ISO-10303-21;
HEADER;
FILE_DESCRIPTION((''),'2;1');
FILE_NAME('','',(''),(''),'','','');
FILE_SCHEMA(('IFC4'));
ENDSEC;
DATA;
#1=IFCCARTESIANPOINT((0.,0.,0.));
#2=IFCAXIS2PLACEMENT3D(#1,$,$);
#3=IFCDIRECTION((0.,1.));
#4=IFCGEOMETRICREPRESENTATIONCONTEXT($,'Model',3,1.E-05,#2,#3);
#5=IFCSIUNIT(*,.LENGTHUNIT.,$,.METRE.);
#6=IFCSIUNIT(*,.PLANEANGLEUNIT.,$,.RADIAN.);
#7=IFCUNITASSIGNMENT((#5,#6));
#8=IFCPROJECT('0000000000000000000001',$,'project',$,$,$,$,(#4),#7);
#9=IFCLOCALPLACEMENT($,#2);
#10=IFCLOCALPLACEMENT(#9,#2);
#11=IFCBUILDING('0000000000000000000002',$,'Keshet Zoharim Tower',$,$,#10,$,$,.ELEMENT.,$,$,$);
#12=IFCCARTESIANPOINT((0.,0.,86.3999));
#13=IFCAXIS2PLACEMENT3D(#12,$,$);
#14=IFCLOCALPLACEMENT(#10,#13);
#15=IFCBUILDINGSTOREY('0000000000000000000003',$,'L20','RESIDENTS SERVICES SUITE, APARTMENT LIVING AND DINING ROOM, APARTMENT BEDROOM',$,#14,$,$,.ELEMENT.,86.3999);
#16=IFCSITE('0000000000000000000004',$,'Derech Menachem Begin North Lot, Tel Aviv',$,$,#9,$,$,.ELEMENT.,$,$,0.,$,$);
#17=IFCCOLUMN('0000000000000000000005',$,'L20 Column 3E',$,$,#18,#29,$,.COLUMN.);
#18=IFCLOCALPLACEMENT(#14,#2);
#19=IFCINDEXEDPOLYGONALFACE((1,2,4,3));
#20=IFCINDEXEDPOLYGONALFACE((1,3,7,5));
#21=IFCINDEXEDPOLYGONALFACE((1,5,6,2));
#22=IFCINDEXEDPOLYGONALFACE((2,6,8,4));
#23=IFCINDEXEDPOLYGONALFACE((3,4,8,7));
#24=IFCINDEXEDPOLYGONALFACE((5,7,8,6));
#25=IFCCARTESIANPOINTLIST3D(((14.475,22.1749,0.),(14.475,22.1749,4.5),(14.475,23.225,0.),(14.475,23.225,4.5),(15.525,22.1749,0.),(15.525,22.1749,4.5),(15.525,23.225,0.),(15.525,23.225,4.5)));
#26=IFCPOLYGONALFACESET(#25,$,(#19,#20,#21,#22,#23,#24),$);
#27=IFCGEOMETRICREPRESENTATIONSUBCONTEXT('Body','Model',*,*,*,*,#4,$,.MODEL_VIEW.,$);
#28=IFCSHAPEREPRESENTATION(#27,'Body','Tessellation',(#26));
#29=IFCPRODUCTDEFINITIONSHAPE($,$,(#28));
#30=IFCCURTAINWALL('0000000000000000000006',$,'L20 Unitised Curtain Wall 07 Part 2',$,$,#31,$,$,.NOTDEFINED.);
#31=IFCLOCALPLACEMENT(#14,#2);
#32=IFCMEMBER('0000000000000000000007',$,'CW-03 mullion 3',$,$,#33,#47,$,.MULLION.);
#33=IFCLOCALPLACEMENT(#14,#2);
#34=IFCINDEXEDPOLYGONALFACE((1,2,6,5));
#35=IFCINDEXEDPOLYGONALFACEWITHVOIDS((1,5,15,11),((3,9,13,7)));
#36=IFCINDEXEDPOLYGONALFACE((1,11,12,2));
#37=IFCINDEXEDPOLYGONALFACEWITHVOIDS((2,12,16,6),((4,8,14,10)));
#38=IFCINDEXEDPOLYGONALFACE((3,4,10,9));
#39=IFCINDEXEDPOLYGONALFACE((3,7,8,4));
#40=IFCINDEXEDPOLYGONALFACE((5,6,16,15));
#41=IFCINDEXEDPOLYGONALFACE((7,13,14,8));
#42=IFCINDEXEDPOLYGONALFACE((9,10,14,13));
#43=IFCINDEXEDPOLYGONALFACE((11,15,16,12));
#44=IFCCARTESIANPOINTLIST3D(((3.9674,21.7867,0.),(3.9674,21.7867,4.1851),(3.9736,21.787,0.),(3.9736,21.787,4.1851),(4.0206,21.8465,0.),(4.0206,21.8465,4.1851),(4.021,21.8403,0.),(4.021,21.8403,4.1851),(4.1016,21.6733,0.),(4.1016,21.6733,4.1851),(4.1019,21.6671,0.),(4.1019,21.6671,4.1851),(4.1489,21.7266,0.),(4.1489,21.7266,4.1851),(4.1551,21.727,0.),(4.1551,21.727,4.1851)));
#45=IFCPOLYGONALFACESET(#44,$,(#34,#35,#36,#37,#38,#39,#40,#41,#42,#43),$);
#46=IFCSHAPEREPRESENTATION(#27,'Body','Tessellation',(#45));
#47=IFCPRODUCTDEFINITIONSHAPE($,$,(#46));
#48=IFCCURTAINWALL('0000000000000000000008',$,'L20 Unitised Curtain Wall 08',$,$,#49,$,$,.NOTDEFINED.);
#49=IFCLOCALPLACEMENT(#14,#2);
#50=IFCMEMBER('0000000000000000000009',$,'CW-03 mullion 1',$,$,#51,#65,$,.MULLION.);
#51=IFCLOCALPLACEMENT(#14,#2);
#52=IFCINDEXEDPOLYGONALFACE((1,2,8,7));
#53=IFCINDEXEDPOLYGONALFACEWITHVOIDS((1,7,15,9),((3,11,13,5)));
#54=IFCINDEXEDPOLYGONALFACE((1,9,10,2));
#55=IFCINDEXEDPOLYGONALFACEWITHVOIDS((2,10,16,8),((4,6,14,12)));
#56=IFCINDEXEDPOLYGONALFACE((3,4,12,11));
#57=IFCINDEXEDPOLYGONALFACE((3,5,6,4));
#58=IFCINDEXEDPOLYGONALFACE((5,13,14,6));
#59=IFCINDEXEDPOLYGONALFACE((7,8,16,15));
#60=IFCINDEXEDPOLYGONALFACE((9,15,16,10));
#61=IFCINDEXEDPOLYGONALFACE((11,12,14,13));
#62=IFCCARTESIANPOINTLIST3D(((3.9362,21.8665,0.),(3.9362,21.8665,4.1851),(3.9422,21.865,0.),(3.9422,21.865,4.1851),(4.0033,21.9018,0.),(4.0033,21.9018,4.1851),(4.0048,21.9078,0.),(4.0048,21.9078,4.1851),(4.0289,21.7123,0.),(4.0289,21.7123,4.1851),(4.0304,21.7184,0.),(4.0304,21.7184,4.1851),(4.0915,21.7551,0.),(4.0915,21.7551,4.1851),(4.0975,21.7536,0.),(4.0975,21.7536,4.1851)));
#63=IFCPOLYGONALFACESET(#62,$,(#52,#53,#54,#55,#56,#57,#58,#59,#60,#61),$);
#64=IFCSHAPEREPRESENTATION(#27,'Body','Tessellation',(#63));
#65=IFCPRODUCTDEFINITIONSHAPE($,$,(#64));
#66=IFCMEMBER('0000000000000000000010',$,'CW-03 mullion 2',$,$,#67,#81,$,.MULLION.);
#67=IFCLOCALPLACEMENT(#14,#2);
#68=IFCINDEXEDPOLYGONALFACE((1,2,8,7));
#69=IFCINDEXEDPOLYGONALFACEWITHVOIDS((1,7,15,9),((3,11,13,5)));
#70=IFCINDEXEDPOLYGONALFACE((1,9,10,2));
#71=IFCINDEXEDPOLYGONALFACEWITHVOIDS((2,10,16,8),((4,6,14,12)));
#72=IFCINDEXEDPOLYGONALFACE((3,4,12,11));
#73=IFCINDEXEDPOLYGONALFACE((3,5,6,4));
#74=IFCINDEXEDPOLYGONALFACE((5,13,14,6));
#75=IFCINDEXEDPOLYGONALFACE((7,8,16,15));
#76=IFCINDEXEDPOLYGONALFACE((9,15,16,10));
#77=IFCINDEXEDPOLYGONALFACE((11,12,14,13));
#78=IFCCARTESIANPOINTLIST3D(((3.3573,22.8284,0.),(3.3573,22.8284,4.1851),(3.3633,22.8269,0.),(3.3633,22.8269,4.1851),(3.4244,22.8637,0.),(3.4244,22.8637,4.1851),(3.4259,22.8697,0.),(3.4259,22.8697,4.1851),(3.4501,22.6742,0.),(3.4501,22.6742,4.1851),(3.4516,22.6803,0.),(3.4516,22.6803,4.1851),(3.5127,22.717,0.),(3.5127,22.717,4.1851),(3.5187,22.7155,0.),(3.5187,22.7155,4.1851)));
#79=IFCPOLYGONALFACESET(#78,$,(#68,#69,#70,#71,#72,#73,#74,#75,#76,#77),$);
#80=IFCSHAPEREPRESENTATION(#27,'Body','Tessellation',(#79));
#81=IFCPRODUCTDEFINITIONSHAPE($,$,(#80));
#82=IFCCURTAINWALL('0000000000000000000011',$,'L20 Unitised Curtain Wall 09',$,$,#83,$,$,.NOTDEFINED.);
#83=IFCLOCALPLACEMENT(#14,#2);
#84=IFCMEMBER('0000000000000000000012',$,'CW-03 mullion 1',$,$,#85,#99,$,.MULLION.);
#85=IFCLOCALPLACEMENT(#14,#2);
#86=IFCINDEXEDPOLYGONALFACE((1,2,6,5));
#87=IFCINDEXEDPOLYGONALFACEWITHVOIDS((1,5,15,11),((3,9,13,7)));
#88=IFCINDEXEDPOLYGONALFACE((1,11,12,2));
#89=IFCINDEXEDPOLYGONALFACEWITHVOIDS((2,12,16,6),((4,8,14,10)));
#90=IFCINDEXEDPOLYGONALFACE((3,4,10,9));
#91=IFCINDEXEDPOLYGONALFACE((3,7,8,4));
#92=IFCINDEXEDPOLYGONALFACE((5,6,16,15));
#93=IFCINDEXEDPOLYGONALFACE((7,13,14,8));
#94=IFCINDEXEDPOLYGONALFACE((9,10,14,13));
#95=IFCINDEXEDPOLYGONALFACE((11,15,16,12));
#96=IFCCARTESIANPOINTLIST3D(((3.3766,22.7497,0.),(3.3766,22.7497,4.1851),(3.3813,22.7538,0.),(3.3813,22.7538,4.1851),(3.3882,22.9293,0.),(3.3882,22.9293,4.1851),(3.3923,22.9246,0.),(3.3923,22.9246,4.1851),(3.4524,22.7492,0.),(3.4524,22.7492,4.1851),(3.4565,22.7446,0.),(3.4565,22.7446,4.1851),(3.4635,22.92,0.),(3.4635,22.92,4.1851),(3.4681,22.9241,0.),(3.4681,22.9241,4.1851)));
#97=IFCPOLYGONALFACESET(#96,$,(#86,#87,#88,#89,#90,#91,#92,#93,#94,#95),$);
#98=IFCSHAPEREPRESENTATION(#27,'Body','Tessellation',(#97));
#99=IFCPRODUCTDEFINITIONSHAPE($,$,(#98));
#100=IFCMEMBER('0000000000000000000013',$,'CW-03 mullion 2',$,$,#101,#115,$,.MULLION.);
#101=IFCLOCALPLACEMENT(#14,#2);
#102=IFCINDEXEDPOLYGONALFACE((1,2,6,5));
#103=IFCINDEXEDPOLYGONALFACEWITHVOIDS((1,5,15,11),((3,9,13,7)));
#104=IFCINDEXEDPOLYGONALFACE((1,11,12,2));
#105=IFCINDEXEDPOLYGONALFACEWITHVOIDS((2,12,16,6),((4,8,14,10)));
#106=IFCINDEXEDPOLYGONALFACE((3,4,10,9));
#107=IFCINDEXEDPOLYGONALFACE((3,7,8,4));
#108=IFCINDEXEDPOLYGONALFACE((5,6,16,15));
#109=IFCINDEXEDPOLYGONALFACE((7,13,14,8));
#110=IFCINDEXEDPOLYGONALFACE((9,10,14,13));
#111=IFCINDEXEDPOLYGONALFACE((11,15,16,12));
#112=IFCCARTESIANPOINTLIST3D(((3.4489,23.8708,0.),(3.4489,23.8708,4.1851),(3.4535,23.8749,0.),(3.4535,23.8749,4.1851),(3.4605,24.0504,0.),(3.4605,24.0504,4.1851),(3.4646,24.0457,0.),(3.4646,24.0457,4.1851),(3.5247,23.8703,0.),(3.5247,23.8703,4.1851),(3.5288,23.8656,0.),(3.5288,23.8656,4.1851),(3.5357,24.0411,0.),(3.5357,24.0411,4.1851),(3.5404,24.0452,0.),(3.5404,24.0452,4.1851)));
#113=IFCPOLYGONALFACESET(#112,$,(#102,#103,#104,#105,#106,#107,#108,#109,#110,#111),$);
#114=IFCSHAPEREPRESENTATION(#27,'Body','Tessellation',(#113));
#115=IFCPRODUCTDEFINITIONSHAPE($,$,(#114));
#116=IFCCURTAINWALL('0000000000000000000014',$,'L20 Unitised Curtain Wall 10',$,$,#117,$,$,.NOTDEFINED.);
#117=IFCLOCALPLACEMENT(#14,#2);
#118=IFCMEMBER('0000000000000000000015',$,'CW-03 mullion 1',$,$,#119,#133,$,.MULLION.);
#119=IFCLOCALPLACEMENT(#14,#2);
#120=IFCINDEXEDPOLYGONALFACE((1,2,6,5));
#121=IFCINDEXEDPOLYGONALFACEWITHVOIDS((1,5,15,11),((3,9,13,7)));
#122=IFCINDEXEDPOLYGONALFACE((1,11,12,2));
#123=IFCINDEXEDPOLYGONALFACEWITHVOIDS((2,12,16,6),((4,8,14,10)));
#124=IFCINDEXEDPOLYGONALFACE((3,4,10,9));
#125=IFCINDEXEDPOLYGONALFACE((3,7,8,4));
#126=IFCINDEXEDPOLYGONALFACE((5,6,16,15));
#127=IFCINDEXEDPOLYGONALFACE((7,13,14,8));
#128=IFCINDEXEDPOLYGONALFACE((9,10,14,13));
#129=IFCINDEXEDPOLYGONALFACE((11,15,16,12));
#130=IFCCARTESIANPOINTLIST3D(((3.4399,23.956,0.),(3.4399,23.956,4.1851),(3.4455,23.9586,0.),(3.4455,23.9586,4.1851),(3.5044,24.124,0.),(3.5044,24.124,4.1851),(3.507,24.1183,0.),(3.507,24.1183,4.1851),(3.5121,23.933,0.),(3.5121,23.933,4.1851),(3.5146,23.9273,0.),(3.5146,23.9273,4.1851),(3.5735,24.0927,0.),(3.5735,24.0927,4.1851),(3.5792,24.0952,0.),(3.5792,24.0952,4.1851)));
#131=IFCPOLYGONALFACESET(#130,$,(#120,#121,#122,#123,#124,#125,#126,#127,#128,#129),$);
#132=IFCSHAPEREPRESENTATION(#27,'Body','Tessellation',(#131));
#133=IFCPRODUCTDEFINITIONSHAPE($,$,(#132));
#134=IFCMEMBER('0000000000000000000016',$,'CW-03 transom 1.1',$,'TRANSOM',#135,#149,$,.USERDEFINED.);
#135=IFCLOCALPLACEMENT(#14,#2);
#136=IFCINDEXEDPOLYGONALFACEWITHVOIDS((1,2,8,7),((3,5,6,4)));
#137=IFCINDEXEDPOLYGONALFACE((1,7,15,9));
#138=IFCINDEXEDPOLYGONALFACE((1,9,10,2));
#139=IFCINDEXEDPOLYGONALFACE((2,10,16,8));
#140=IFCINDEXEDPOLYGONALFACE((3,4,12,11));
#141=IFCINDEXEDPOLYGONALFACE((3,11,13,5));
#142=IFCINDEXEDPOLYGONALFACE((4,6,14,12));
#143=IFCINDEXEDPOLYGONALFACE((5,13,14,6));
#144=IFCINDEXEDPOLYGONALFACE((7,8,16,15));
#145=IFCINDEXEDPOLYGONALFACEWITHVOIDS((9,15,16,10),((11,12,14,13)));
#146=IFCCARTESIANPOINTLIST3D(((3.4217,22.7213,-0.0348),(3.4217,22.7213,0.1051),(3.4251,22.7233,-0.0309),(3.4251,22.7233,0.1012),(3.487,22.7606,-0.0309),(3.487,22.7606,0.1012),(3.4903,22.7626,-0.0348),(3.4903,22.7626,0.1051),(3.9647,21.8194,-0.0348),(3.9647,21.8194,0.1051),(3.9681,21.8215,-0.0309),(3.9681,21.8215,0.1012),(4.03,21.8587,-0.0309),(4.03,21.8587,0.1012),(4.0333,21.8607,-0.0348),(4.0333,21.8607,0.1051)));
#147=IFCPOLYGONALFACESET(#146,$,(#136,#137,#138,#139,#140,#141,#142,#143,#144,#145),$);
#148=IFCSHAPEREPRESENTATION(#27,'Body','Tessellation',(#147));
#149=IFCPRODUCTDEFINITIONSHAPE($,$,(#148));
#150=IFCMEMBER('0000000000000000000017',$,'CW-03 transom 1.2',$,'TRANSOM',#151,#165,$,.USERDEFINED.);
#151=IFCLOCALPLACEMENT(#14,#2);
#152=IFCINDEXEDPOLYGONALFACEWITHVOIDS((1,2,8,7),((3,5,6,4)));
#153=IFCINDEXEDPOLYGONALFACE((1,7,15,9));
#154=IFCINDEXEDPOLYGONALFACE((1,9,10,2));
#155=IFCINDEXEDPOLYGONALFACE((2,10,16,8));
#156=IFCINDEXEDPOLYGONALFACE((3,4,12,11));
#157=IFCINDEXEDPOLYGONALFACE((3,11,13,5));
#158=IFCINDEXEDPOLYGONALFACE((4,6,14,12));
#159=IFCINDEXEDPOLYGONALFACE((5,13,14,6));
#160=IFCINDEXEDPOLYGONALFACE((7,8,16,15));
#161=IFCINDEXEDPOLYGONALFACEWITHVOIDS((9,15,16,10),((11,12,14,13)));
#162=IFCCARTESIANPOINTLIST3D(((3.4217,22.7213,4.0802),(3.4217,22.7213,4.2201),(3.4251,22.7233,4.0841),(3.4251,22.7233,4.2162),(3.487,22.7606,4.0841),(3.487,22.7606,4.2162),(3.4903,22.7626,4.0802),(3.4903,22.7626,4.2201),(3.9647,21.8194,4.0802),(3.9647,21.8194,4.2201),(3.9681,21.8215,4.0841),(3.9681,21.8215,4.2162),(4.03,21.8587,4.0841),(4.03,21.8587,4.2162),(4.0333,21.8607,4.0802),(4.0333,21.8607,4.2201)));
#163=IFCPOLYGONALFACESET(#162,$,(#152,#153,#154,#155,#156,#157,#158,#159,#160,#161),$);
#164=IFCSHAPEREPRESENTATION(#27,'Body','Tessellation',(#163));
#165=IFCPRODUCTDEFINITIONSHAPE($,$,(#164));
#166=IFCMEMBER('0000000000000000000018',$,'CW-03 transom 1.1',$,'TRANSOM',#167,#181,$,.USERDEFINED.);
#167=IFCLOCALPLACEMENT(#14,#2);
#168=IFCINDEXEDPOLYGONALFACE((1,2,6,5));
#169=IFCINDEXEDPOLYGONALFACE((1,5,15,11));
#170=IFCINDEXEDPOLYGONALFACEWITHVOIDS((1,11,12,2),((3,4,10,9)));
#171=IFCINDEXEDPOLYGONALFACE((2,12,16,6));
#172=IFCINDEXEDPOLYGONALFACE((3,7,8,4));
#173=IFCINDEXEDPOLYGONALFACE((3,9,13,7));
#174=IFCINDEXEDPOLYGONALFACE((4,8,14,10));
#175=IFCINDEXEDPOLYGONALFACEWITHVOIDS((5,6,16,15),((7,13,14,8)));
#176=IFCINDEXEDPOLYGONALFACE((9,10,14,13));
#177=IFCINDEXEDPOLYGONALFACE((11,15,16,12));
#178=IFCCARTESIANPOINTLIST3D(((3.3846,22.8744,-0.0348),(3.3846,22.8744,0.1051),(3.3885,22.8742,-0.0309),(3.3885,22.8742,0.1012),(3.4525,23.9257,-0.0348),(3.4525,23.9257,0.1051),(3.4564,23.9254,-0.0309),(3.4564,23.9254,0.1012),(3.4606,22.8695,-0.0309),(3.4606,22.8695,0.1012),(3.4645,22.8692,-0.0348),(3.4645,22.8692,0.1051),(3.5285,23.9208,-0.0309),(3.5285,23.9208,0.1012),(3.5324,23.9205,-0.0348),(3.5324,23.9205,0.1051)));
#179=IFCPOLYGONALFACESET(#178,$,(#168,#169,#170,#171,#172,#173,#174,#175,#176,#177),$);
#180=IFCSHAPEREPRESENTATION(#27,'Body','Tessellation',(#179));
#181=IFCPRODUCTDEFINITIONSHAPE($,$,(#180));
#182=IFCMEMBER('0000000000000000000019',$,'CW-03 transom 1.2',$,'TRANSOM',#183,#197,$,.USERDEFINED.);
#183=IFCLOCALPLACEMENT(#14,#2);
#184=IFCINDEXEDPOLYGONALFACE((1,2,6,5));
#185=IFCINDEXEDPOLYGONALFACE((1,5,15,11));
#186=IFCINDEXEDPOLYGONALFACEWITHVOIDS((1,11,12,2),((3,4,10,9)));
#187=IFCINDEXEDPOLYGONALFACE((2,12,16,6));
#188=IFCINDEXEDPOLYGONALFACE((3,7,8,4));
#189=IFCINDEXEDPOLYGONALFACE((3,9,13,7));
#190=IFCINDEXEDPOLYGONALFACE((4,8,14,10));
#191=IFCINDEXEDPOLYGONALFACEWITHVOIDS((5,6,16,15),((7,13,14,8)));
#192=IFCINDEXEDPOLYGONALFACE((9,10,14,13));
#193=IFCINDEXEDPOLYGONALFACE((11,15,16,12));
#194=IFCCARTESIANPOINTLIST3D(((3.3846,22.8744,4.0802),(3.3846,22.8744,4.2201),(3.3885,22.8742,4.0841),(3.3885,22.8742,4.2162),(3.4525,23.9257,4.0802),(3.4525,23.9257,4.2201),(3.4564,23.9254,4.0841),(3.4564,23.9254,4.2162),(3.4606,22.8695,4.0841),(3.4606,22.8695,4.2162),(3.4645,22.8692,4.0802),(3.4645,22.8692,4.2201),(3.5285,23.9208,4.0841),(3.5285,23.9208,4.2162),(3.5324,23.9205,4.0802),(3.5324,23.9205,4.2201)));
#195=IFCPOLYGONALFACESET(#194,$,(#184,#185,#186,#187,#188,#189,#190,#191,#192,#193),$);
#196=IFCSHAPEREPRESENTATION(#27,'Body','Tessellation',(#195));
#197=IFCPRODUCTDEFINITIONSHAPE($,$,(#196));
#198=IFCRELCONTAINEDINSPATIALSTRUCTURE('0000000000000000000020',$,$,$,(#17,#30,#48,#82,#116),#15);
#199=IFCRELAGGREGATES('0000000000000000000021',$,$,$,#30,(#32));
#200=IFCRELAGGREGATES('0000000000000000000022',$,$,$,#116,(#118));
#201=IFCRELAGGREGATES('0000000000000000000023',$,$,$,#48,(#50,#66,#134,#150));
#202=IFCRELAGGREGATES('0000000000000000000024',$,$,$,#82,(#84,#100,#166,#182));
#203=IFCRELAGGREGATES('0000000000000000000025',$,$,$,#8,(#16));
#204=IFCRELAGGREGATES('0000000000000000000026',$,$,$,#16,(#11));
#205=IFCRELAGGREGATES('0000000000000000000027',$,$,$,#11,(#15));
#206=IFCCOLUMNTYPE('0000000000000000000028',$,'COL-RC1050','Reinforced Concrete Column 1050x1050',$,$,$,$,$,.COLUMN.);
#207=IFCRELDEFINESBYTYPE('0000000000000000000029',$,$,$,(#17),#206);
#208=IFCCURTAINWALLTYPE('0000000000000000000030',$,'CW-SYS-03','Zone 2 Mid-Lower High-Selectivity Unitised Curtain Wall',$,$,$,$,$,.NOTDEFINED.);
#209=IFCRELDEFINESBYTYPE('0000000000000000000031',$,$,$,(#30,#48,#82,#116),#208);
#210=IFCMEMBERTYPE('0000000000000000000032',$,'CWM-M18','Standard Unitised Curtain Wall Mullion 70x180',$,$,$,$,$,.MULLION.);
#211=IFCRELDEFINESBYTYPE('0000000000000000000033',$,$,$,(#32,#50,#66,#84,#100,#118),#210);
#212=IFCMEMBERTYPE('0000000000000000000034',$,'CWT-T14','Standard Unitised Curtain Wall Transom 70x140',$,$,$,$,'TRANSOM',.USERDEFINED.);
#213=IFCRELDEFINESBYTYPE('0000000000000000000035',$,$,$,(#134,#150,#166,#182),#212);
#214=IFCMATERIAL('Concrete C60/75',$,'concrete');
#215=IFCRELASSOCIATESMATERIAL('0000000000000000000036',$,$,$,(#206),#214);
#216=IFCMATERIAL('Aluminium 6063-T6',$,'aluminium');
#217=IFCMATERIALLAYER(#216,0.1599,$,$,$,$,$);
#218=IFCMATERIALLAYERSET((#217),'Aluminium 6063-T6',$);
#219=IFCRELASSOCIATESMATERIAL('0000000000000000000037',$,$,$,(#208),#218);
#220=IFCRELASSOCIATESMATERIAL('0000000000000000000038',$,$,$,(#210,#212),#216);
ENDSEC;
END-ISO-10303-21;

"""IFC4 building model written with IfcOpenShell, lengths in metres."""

from ifc_helpers import new_model, si_unit, direction, frame, origin, origin_2d, place, context, subcontext, project, spatial, rectangle, hollow_rectangle, extrude, material, layer, layer_set, material_profile, profile_set, type_object, element, aggregate, save


model = new_model("IFC4")

# Units and contexts
model_context = context("Model", 3, precision=1e-05, world=origin(), true_north=direction((0.0, 1.0)))
body_context = subcontext(model_context, "Body", "Model", "MODEL_VIEW")
ifc_project = project(units=[si_unit("LENGTHUNIT", "METRE"), si_unit("PLANEANGLEUNIT", "RADIAN")], contexts=[model_context])

# Site, building, storey
site_placement = place(None, origin())
site = spatial("IfcSite", under=ifc_project, at=site_placement, Name="Derech Menachem Begin North Lot, Tel Aviv", CompositionType="ELEMENT", RefElevation=0.0)
building_placement = place(site_placement, origin())
building = spatial("IfcBuilding", under=site, at=building_placement, Name="Keshet Zoharim Tower", CompositionType="ELEMENT")
storey_placement = place(building_placement, frame((0.0, 0.0, 86.3999)))
storey = spatial("IfcBuildingStorey", under=building, at=storey_placement, Name="L20", Description="RESIDENTS SERVICES SUITE, APARTMENT LIVING AND DINING ROOM, APARTMENT BEDROOM", CompositionType="ELEMENT", Elevation=86.3999)

# Column
ifc_material_1 = material(Name="Concrete C60/75", Category="concrete")
ifc_material_profile_1 = material_profile(ifc_material_1, rectangle(XDim=1.05, YDim=1.05, at=origin_2d()), Name="RC1050x1050")
ifc_profile_set_1 = profile_set([ifc_material_profile_1], Name="Concrete C60/75")
column_type = type_object("IfcColumnType", Name="COL-RC1050", Description="Reinforced Concrete Column 1050x1050", PredefinedType="COLUMN", material=ifc_profile_set_1)
column_placement = place(storey_placement, frame((15.0, 22.7, 0.0), z_axis=(0.0, 0.0, 1.0), x_axis=(1.0, 0.0, 0.0)))
element("IfcColumn", 1, at=column_placement, inside=storey, type_object=column_type, Name="L20 Column 3E", PredefinedType="COLUMN", context=body_context, shape_type="SweptSolid", body=[
    extrude(rectangle(XDim=1.05, YDim=1.05, at=origin_2d()), origin(), (0.0, 0.0, 1.0), 4.5),
])

# Curtain wall, member
ifc_material_2 = material(Name="Aluminium 6063-T6", Category="aluminium")
ifc_layer_1 = layer(ifc_material_2, 0.1599)
ifc_layer_set_1 = layer_set([ifc_layer_1], Name="Aluminium 6063-T6")
curtain_wall_type = type_object("IfcCurtainWallType", Name="CW-SYS-03", Description="Zone 2 Mid-Lower High-Selectivity Unitised Curtain Wall", PredefinedType="NOTDEFINED", material=ifc_layer_set_1)
curtain_wall_1_placement = place(storey_placement, origin())
curtain_wall_1 = element("IfcCurtainWall", 2, at=curtain_wall_1_placement, inside=storey, type_object=curtain_wall_type, Name="L20 Unitised Curtain Wall 07 Part 2", PredefinedType="NOTDEFINED")
ifc_material_profile_2 = material_profile(ifc_material_2, hollow_rectangle(XDim=0.0801, YDim=0.1799, WallThickness=0.0044, at=origin_2d()), Name="MUL-80x180")
ifc_profile_set_2 = profile_set([ifc_material_profile_2], Name="Aluminium 6063-T6")
member_type_1 = type_object("IfcMemberType", Name="CWM-M18", Description="Standard Unitised Curtain Wall Mullion 70x180", PredefinedType="MULLION", material=ifc_profile_set_2)
member_1_placement = place(storey_placement, frame((4.0613, 21.7568, 0.0), z_axis=(0.0, 0.0, 1.0), x_axis=(-0.664364, -0.747409, 0.0)))
member_1 = element("IfcMember", 3, at=member_1_placement, type_object=member_type_1, Name="CW-03 mullion 3", PredefinedType="MULLION", context=body_context, shape_type="SweptSolid", body=[
    extrude(hollow_rectangle(XDim=0.0801, YDim=0.1799, WallThickness=0.0044, at=origin_2d()), origin(), (0.0, 0.0, 1.0), 4.1851),
])
aggregate(curtain_wall_1, [member_1])

# Curtain walls, members
curtain_wall_2_placement = place(storey_placement, origin())
curtain_wall_2 = element("IfcCurtainWall", 4, at=curtain_wall_2_placement, inside=storey, type_object=curtain_wall_type, Name="L20 Unitised Curtain Wall 08", PredefinedType="NOTDEFINED")
member_2_placement = place(storey_placement, frame((4.0168, 21.8101, 0.0), z_axis=(0.0, 0.0, 1.0), x_axis=(-0.856826, -0.515605, 0.0)))
member_2 = element("IfcMember", 5, at=member_2_placement, type_object=member_type_1, Name="CW-03 mullion 1", PredefinedType="MULLION", context=body_context, shape_type="SweptSolid", body=[
    extrude(hollow_rectangle(XDim=0.0801, YDim=0.1799, WallThickness=0.0044, at=origin_2d()), origin(), (0.0, 0.0, 1.0), 4.1851),
])
member_3_placement = place(storey_placement, frame((3.438, 22.772, 0.0), z_axis=(0.0, 0.0, 1.0), x_axis=(-0.856826, -0.515605, 0.0)))
member_3 = element("IfcMember", 6, at=member_3_placement, type_object=member_type_1, Name="CW-03 mullion 2", PredefinedType="MULLION", context=body_context, shape_type="SweptSolid", body=[
    extrude(hollow_rectangle(XDim=0.0801, YDim=0.1799, WallThickness=0.0044, at=origin_2d()), origin(), (0.0, 0.0, 1.0), 4.1851),
])
curtain_wall_3_placement = place(storey_placement, origin())
curtain_wall_3 = element("IfcCurtainWall", 7, at=curtain_wall_3_placement, inside=storey, type_object=curtain_wall_type, Name="L20 Unitised Curtain Wall 09", PredefinedType="NOTDEFINED")
member_4_placement = place(storey_placement, frame((3.4224, 22.8369, 0.0), z_axis=(0.0, 0.0, 1.0), x_axis=(-0.997917, 0.064517, 0.0)))
member_4 = element("IfcMember", 8, at=member_4_placement, type_object=member_type_1, Name="CW-03 mullion 1", PredefinedType="MULLION", context=body_context, shape_type="SweptSolid", body=[
    extrude(hollow_rectangle(XDim=0.0801, YDim=0.1799, WallThickness=0.0044, at=origin_2d()), origin(), (0.0, 0.0, 1.0), 4.1851),
])
member_5_placement = place(storey_placement, frame((3.4946, 23.958, 0.0), z_axis=(0.0, 0.0, 1.0), x_axis=(-0.997917, 0.064517, 0.0)))
member_5 = element("IfcMember", 9, at=member_5_placement, type_object=member_type_1, Name="CW-03 mullion 2", PredefinedType="MULLION", context=body_context, shape_type="SweptSolid", body=[
    extrude(hollow_rectangle(XDim=0.0801, YDim=0.1799, WallThickness=0.0044, at=origin_2d()), origin(), (0.0, 0.0, 1.0), 4.1851),
])

# Curtain wall, member
curtain_wall_4_placement = place(storey_placement, origin())
curtain_wall_4 = element("IfcCurtainWall", 10, at=curtain_wall_4_placement, inside=storey, type_object=curtain_wall_type, Name="L20 Unitised Curtain Wall 10", PredefinedType="NOTDEFINED")
member_6_placement = place(storey_placement, frame((3.5095, 24.0256, 0.0), z_axis=(0.0, 0.0, 1.0), x_axis=(-0.933341, 0.35899, 0.0)))
member_6 = element("IfcMember", 11, at=member_6_placement, type_object=member_type_1, Name="CW-03 mullion 1", PredefinedType="MULLION", context=body_context, shape_type="SweptSolid", body=[
    extrude(hollow_rectangle(XDim=0.0801, YDim=0.1799, WallThickness=0.0044, at=origin_2d()), origin(), (0.0, 0.0, 1.0), 4.1851),
])

# Members
ifc_material_profile_3 = material_profile(ifc_material_2, hollow_rectangle(XDim=0.0801, YDim=0.1399, WallThickness=0.0039, at=origin_2d()), Name="TRN-80x140")
ifc_profile_set_3 = profile_set([ifc_material_profile_3], Name="Aluminium 6063-T6")
member_type_2 = type_object("IfcMemberType", Name="CWT-T14", Description="Standard Unitised Curtain Wall Transom 70x140", ElementType="TRANSOM", PredefinedType="USERDEFINED", material=ifc_profile_set_3)
member_7_placement = place(storey_placement, frame((3.999, 21.8401, 0.0352), z_axis=(-0.515791, 0.856714, 0.0), x_axis=(-0.856714, -0.515791, 0.0)))
member_7 = element("IfcMember", 12, at=member_7_placement, type_object=member_type_2, Name="CW-03 transom 1.1", ObjectType="TRANSOM", PredefinedType="USERDEFINED", context=body_context, shape_type="SweptSolid", body=[
    extrude(hollow_rectangle(XDim=0.0801, YDim=0.1399, WallThickness=0.0039, at=origin_2d()), origin(), (0.0, 0.0, 1.0), 1.0527),
])
member_8_placement = place(storey_placement, frame((3.999, 21.8401, 4.1501), z_axis=(-0.515791, 0.856714, 0.0), x_axis=(-0.856714, -0.515791, 0.0)))
member_8 = element("IfcMember", 13, at=member_8_placement, type_object=member_type_2, Name="CW-03 transom 1.2", ObjectType="TRANSOM", PredefinedType="USERDEFINED", context=body_context, shape_type="SweptSolid", body=[
    extrude(hollow_rectangle(XDim=0.0801, YDim=0.1399, WallThickness=0.0039, at=origin_2d()), origin(), (0.0, 0.0, 1.0), 1.0527),
])
member_9_placement = place(storey_placement, frame((3.4246, 22.8718, 0.0352), z_axis=(0.064427, 0.997922, 0.0), x_axis=(-0.997922, 0.064427, 0.0)))
member_9 = element("IfcMember", 14, at=member_9_placement, type_object=member_type_2, Name="CW-03 transom 1.1", ObjectType="TRANSOM", PredefinedType="USERDEFINED", context=body_context, shape_type="SweptSolid", body=[
    extrude(hollow_rectangle(XDim=0.0801, YDim=0.1399, WallThickness=0.0039, at=origin_2d()), origin(), (0.0, 0.0, 1.0), 1.0535),
])
member_10_placement = place(storey_placement, frame((3.4246, 22.8718, 4.1501), z_axis=(0.064427, 0.997922, 0.0), x_axis=(-0.997922, 0.064427, 0.0)))
member_10 = element("IfcMember", 15, at=member_10_placement, type_object=member_type_2, Name="CW-03 transom 1.2", ObjectType="TRANSOM", PredefinedType="USERDEFINED", context=body_context, shape_type="SweptSolid", body=[
    extrude(hollow_rectangle(XDim=0.0801, YDim=0.1399, WallThickness=0.0039, at=origin_2d()), origin(), (0.0, 0.0, 1.0), 1.0535),
])
aggregate(curtain_wall_4, [member_6])

aggregate(curtain_wall_2, [member_2, member_3, member_7, member_8])
aggregate(curtain_wall_3, [member_4, member_5, member_9, member_10])

save(model, "model.ifc")
